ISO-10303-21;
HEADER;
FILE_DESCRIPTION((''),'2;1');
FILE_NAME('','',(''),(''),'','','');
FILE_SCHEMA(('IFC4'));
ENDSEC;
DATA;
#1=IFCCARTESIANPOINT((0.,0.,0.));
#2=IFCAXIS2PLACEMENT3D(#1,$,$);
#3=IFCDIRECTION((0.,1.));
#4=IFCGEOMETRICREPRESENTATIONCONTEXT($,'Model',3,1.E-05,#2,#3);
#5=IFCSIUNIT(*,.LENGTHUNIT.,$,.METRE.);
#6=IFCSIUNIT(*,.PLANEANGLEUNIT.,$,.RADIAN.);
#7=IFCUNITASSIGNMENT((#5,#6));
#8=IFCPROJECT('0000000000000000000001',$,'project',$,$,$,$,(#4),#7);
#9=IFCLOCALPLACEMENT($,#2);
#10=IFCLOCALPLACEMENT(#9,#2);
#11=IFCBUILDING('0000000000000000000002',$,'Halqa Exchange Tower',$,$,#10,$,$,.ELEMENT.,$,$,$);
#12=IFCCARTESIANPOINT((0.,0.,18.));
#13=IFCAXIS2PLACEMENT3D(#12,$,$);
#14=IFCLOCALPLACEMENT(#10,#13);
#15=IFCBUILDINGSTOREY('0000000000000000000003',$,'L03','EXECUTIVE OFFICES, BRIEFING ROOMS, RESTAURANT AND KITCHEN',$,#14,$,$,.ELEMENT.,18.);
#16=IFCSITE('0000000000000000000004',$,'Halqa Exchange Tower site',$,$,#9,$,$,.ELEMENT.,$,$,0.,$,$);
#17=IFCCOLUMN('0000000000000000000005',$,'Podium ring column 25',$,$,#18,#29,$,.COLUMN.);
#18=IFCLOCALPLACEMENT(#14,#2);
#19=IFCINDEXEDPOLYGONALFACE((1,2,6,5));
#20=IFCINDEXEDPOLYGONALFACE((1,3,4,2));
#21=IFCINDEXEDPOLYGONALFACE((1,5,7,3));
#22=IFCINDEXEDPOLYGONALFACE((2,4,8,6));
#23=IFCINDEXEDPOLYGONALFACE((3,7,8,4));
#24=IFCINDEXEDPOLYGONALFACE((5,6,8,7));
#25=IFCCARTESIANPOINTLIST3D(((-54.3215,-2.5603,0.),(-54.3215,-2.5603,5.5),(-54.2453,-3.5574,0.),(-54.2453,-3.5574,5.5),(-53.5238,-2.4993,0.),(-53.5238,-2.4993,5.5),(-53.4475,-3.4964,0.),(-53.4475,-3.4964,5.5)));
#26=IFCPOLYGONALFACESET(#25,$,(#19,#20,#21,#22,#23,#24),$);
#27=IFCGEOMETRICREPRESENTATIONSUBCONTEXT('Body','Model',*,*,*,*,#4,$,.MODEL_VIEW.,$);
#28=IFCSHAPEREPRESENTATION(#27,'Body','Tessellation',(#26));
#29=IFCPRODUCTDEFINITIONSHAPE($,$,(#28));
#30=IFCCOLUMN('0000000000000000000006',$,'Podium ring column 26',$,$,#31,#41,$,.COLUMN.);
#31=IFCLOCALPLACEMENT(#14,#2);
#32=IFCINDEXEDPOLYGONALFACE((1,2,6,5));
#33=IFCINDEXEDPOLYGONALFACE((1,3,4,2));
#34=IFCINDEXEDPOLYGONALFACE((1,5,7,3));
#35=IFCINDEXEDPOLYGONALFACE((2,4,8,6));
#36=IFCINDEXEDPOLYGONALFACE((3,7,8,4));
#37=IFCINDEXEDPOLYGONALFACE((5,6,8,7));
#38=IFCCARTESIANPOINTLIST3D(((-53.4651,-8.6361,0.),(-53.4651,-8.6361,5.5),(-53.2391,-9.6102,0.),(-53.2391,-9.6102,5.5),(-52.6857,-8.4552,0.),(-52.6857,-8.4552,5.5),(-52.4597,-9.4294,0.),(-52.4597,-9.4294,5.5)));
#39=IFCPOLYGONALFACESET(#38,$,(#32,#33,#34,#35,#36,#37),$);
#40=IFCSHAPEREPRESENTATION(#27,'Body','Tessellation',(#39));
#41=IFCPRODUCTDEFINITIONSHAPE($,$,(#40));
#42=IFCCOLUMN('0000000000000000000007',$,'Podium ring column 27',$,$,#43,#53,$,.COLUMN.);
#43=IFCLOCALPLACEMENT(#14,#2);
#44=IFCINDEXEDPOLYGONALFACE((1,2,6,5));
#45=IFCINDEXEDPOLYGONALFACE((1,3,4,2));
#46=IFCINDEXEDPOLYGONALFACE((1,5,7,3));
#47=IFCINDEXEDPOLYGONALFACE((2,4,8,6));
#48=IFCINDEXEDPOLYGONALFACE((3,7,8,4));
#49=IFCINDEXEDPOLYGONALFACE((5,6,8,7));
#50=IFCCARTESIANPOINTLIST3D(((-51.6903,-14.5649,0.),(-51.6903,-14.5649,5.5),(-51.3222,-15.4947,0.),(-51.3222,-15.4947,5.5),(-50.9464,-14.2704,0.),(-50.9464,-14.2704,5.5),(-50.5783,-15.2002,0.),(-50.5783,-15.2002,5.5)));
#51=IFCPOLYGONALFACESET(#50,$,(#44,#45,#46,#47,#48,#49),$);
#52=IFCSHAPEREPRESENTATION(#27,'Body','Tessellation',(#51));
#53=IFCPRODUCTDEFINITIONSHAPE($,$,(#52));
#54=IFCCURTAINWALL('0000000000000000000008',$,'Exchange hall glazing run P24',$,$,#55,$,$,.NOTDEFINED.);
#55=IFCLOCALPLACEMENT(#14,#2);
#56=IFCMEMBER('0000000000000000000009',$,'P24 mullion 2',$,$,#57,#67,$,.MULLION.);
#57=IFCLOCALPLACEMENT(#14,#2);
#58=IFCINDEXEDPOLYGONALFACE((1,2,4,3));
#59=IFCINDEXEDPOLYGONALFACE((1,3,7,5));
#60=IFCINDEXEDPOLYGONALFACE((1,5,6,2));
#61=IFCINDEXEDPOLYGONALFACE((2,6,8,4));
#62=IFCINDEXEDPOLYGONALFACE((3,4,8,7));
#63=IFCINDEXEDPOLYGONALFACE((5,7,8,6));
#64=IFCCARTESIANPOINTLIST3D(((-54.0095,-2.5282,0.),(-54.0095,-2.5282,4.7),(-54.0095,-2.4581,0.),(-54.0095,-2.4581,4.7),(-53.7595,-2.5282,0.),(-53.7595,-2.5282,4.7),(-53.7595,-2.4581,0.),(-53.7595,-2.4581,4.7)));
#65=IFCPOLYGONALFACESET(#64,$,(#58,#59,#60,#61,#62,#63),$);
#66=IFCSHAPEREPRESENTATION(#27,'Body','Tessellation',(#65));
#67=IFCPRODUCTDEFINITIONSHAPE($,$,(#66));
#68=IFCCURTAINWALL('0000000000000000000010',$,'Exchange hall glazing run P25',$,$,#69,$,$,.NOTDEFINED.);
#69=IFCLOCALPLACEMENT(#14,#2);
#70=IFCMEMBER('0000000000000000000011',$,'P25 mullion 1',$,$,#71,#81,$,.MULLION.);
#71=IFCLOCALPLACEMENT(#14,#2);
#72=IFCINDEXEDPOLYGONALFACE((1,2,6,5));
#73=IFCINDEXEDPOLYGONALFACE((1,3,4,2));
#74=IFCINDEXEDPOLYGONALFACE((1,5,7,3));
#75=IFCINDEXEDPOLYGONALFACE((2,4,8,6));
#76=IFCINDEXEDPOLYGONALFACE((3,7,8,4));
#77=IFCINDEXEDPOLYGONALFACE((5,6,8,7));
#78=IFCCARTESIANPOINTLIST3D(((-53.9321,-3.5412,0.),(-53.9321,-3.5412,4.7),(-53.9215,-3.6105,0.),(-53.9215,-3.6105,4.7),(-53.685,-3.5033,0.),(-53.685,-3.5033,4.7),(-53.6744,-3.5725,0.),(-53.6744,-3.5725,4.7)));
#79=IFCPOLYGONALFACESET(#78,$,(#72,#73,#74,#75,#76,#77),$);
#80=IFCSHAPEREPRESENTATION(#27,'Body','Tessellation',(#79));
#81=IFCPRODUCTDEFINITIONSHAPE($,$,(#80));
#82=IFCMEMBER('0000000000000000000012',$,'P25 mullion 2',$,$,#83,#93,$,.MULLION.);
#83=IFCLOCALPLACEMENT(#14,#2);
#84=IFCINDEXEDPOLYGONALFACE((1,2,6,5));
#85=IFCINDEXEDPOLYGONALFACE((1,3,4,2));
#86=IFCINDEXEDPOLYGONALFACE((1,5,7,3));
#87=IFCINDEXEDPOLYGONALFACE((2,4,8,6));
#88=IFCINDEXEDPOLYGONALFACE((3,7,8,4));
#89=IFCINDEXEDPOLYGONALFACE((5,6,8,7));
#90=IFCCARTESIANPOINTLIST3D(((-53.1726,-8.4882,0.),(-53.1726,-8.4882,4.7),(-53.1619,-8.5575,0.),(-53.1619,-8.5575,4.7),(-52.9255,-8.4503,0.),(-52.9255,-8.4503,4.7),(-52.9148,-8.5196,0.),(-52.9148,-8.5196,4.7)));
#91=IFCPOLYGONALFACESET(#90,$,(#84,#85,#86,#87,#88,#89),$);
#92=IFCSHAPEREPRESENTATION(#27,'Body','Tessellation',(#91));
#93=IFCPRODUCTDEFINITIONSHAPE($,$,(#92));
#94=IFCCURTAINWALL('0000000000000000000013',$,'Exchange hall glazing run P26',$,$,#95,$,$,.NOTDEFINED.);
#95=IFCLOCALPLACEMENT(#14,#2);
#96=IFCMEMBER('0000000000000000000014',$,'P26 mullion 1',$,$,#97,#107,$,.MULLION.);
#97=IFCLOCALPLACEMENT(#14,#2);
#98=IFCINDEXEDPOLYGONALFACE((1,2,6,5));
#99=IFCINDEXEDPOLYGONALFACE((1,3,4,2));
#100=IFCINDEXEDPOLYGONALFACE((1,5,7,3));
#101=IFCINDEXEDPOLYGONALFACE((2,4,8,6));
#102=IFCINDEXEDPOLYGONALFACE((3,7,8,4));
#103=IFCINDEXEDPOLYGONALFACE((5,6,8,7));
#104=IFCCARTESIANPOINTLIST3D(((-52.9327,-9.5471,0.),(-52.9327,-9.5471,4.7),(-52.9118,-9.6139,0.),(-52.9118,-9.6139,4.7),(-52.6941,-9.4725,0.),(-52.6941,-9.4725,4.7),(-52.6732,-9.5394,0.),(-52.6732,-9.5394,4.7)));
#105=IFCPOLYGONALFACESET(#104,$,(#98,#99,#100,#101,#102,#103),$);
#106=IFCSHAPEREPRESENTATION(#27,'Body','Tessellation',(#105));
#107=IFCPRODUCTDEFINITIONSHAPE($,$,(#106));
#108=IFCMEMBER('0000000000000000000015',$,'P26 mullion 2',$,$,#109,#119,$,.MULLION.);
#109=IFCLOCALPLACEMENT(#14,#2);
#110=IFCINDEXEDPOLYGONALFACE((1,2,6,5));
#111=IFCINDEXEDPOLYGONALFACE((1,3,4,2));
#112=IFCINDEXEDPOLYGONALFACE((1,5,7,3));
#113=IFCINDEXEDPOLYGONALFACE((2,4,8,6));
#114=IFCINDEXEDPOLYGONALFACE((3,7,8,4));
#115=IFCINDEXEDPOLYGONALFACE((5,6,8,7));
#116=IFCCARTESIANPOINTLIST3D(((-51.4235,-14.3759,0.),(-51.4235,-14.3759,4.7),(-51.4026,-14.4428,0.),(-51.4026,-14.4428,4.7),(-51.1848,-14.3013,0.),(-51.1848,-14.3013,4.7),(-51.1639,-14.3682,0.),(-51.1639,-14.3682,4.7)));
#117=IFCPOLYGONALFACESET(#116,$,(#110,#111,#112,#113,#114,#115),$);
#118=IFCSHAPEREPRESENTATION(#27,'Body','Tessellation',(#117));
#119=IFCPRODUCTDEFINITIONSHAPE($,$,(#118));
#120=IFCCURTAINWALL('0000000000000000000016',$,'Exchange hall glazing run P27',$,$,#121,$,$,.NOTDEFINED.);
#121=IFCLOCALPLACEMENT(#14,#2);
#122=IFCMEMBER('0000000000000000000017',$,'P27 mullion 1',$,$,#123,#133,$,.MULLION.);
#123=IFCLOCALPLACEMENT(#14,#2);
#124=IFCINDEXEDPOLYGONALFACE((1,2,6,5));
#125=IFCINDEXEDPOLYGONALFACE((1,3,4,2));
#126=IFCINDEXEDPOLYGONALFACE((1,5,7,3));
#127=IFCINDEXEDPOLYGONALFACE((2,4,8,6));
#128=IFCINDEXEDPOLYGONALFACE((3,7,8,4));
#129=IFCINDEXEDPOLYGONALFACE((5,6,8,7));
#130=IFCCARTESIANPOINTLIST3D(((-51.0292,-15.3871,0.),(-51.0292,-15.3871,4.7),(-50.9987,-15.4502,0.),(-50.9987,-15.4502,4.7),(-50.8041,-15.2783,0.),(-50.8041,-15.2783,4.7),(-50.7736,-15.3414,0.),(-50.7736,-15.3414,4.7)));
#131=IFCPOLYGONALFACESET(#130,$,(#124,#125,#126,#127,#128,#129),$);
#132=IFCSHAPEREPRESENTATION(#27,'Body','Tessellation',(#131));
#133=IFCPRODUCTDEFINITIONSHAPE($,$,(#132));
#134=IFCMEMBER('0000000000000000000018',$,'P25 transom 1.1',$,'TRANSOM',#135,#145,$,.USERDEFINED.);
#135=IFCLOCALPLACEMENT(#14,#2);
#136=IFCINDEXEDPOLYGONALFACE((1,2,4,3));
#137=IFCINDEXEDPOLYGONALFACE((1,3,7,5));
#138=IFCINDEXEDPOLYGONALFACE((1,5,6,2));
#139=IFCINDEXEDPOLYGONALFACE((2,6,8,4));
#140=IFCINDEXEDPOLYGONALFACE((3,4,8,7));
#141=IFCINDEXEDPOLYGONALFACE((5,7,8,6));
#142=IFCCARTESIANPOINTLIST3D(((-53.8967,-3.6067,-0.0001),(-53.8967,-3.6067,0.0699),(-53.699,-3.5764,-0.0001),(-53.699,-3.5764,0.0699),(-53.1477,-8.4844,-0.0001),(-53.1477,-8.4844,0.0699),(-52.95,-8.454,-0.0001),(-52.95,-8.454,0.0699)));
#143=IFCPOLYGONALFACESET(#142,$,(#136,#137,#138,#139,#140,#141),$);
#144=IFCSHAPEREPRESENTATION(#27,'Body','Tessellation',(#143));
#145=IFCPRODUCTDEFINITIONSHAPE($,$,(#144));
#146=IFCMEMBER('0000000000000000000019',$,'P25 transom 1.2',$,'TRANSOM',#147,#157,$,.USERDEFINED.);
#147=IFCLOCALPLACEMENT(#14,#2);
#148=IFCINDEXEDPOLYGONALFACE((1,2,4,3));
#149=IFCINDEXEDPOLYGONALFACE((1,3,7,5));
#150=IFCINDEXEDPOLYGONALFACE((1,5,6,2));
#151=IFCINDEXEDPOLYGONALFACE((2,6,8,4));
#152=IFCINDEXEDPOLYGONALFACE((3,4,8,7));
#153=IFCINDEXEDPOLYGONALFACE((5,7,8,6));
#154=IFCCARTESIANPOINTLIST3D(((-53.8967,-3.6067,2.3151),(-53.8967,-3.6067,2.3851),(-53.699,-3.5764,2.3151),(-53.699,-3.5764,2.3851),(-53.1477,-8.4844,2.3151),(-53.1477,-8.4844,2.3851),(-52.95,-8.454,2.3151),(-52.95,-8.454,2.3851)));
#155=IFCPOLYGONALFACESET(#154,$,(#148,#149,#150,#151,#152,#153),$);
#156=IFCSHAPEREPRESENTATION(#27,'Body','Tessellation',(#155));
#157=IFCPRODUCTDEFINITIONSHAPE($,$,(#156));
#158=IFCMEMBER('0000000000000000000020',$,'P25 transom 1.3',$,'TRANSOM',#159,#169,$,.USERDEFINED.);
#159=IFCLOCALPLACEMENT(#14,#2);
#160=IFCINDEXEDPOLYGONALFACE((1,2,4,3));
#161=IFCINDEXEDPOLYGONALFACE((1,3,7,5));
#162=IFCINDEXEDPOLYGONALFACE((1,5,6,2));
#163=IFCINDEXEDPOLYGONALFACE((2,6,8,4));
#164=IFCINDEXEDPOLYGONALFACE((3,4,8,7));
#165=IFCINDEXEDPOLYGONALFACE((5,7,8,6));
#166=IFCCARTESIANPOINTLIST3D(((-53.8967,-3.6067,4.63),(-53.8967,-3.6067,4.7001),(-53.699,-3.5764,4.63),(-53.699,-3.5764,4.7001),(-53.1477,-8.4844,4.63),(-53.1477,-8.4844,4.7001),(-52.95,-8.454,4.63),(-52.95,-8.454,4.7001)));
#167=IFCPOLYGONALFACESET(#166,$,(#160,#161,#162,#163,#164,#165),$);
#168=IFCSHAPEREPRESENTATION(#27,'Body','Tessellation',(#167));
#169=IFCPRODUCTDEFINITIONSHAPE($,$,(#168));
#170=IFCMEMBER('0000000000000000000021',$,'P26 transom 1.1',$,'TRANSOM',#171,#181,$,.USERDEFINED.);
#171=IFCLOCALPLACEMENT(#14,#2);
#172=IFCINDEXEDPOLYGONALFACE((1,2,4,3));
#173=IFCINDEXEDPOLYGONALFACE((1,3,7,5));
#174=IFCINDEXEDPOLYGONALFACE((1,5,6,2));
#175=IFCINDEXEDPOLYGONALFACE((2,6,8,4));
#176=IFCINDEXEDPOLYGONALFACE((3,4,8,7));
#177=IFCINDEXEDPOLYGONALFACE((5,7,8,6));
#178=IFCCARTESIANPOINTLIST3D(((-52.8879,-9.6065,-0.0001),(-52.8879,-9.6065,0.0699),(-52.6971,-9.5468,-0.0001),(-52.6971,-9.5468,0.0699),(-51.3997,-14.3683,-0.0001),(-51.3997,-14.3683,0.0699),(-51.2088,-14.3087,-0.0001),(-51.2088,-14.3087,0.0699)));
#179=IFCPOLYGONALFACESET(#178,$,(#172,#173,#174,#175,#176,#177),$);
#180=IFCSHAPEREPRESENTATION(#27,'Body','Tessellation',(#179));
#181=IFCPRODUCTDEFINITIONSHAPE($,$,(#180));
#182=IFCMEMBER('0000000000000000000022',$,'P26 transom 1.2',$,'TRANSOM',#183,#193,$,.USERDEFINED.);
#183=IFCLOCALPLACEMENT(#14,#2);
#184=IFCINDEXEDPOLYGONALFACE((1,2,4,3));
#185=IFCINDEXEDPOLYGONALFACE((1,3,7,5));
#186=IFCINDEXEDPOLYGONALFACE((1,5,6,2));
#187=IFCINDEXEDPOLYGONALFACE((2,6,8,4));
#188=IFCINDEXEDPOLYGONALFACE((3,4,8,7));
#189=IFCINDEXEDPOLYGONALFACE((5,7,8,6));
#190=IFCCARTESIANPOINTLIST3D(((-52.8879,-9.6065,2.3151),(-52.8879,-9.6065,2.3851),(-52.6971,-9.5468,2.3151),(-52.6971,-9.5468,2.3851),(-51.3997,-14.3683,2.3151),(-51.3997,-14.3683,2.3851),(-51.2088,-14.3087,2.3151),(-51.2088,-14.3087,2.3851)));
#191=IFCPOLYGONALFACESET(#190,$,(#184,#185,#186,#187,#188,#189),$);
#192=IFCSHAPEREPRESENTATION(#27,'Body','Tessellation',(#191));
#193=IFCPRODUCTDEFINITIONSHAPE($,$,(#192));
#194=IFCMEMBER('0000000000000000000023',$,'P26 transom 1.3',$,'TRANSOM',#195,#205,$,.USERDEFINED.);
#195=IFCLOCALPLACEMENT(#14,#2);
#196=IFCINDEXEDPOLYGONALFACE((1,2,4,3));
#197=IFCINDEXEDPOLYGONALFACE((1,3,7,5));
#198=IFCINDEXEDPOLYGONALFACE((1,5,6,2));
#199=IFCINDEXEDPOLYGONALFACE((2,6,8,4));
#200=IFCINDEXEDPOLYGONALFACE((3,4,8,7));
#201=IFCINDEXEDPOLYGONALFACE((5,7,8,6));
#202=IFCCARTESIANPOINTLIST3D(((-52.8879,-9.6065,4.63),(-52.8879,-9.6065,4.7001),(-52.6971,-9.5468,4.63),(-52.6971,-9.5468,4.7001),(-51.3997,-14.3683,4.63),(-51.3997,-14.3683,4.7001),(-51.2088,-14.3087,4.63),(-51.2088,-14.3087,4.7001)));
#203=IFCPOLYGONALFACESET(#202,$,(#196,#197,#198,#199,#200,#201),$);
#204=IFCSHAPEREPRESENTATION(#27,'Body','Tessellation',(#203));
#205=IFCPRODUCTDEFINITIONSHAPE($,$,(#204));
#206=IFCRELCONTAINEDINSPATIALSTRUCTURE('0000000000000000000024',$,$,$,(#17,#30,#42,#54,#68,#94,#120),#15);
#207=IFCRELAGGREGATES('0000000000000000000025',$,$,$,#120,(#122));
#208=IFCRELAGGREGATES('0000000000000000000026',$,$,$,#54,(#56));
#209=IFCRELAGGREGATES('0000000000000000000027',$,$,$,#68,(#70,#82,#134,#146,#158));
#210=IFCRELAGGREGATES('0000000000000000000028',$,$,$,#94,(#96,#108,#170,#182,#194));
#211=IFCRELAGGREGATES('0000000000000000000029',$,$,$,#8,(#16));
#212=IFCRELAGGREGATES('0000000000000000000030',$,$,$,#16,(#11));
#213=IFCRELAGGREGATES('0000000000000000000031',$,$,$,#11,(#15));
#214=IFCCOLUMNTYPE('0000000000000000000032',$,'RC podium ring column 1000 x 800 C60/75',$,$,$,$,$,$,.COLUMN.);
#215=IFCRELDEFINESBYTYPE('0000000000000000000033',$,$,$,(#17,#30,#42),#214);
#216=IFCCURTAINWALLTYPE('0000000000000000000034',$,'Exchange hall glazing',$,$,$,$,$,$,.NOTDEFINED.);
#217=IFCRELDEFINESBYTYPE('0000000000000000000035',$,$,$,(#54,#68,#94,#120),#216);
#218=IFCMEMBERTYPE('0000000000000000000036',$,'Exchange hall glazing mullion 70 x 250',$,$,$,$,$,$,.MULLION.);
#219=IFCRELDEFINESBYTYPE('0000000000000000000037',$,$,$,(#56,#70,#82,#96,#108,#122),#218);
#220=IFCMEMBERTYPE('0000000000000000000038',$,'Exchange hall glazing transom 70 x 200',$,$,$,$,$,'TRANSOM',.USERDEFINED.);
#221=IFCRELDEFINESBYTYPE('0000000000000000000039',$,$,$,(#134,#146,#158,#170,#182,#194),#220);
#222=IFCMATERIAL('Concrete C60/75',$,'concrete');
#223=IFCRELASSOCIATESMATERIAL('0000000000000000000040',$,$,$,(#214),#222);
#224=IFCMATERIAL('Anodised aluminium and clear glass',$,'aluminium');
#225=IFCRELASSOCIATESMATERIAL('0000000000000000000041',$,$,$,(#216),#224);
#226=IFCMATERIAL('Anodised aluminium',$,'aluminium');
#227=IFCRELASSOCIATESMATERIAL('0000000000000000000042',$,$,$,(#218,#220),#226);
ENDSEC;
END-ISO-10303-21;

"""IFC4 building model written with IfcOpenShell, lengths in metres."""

from ifc_helpers import new_model, si_unit, direction, frame, origin, origin_2d, place, context, subcontext, project, spatial, rectangle, extrude, material, material_profile, profile_set, type_object, element, aggregate, save


model = new_model("IFC4")

# Units and contexts
model_context = context("Model", 3, precision=1e-05, world=origin(), true_north=direction((0.0, 1.0)))
body_context = subcontext(model_context, "Body", "Model", "MODEL_VIEW")
ifc_project = project(units=[si_unit("LENGTHUNIT", "METRE"), si_unit("PLANEANGLEUNIT", "RADIAN")], contexts=[model_context])

# Site, building, storey
site_placement = place(None, origin())
site = spatial("IfcSite", under=ifc_project, at=site_placement, Name="Halqa Exchange Tower site", CompositionType="ELEMENT", RefElevation=0.0)
building_placement = place(site_placement, origin())
building = spatial("IfcBuilding", under=site, at=building_placement, Name="Halqa Exchange Tower", CompositionType="ELEMENT")
storey_placement = place(building_placement, frame((0.0, 0.0, 18.0)))
storey = spatial("IfcBuildingStorey", under=building, at=storey_placement, Name="L03", Description="EXECUTIVE OFFICES, BRIEFING ROOMS, RESTAURANT AND KITCHEN", CompositionType="ELEMENT", Elevation=18.0)

# Columns
ifc_material_1 = material(Name="Concrete C60/75", Category="concrete")
ifc_material_profile_1 = material_profile(ifc_material_1, rectangle(XDim=1.0, YDim=0.8, at=origin_2d()), Name="1000 x 800")
ifc_profile_set_1 = profile_set([ifc_material_profile_1], Name="Concrete C60/75")
column_type = type_object("IfcColumnType", Name="RC podium ring column 1000 x 800 C60/75", PredefinedType="COLUMN", material=ifc_profile_set_1)
for number, where, z_axis, x_axis, name in (
    (1, (-53.8845, -3.0283, 0.0), (0.0, 0.0, 1.0), (0.076223, -0.997091, 0.0), "Podium ring column 25"),
    (2, (-52.9624, -9.0327, 0.0), (0.0, 0.0, 1.0), (0.225997, -0.974128, 0.0), "Podium ring column 26"),
    (3, (-51.1343, -14.8826, 0.0), (0.0, 0.0, 1.0), (0.36811, -0.929782, 0.0), "Podium ring column 27"),
):
    element("IfcColumn", number, at=place(storey_placement, frame(where, z_axis=z_axis, x_axis=x_axis)), inside=storey, type_object=column_type, Name=name, PredefinedType="COLUMN", context=body_context, shape_type="SweptSolid", body=[
        extrude(rectangle(XDim=1.0, YDim=0.8, at=origin_2d()), origin(), (0.0, 0.0, 1.0), 5.5),
    ])

# Curtain wall, member
ifc_material_2 = material(Name="Anodised aluminium and clear glass", Category="aluminium")
curtain_wall_type = type_object("IfcCurtainWallType", Name="Exchange hall glazing", PredefinedType="NOTDEFINED", material=ifc_material_2)
curtain_wall_1_placement = place(storey_placement, origin())
curtain_wall_1 = element("IfcCurtainWall", 4, at=curtain_wall_1_placement, inside=storey, type_object=curtain_wall_type, Name="Exchange hall glazing run P24", PredefinedType="NOTDEFINED")
ifc_material_3 = material(Name="Anodised aluminium", Category="aluminium")
ifc_material_profile_2 = material_profile(ifc_material_3, rectangle(XDim=0.25, YDim=0.0701, at=origin_2d()), Name="AL 70x250")
ifc_profile_set_2 = profile_set([ifc_material_profile_2], Name="Anodised aluminium")
member_type_1 = type_object("IfcMemberType", Name="Exchange hall glazing mullion 70 x 250", PredefinedType="MULLION", material=ifc_profile_set_2)
member_1_placement = place(storey_placement, frame((-53.8845, -2.4932, 0.0), z_axis=(0.0, 0.0, 1.0), x_axis=(1.0, 0.0, 0.0)))
member_1 = element("IfcMember", 5, at=member_1_placement, type_object=member_type_1, Name="P24 mullion 2", PredefinedType="MULLION", context=body_context, shape_type="SweptSolid", body=[
    extrude(rectangle(XDim=0.25, YDim=0.0701, at=origin_2d()), origin(), (0.0, 0.0, 1.0), 4.7),
])

# Curtain walls, members
curtain_wall_2_placement = place(storey_placement, origin())
curtain_wall_2 = element("IfcCurtainWall", 6, at=curtain_wall_2_placement, inside=storey, type_object=curtain_wall_type, Name="Exchange hall glazing run P25", PredefinedType="NOTDEFINED")
member_2_placement = place(storey_placement, frame((-53.8032, -3.5569, 0.0), z_axis=(0.0, 0.0, 1.0), x_axis=(0.988416, 0.151767, 0.0)))
member_2 = element("IfcMember", 7, at=member_2_placement, type_object=member_type_1, Name="P25 mullion 1", PredefinedType="MULLION", context=body_context, shape_type="SweptSolid", body=[
    extrude(rectangle(XDim=0.25, YDim=0.0701, at=origin_2d()), origin(), (0.0, 0.0, 1.0), 4.7),
])
member_3_placement = place(storey_placement, frame((-53.0437, -8.5039, 0.0), z_axis=(0.0, 0.0, 1.0), x_axis=(0.988416, 0.151767, 0.0)))
member_3 = element("IfcMember", 8, at=member_3_placement, type_object=member_type_1, Name="P25 mullion 2", PredefinedType="MULLION", context=body_context, shape_type="SweptSolid", body=[
    extrude(rectangle(XDim=0.25, YDim=0.0701, at=origin_2d()), origin(), (0.0, 0.0, 1.0), 4.7),
])
curtain_wall_3_placement = place(storey_placement, origin())
curtain_wall_3 = element("IfcCurtainWall", 9, at=curtain_wall_3_placement, inside=storey, type_object=curtain_wall_type, Name="Exchange hall glazing run P26", PredefinedType="NOTDEFINED")
member_4_placement = place(storey_placement, frame((-52.803, -9.5432, 0.0), z_axis=(0.0, 0.0, 1.0), x_axis=(0.954471, 0.298303, 0.0)))
member_4 = element("IfcMember", 10, at=member_4_placement, type_object=member_type_1, Name="P26 mullion 1", PredefinedType="MULLION", context=body_context, shape_type="SweptSolid", body=[
    extrude(rectangle(XDim=0.25, YDim=0.0701, at=origin_2d()), origin(), (0.0, 0.0, 1.0), 4.7),
])
member_5_placement = place(storey_placement, frame((-51.2937, -14.3721, 0.0), z_axis=(0.0, 0.0, 1.0), x_axis=(0.954471, 0.298303, 0.0)))
member_5 = element("IfcMember", 11, at=member_5_placement, type_object=member_type_1, Name="P26 mullion 2", PredefinedType="MULLION", context=body_context, shape_type="SweptSolid", body=[
    extrude(rectangle(XDim=0.25, YDim=0.0701, at=origin_2d()), origin(), (0.0, 0.0, 1.0), 4.7),
])

# Curtain wall, member
curtain_wall_4_placement = place(storey_placement, origin())
curtain_wall_4 = element("IfcCurtainWall", 12, at=curtain_wall_4_placement, inside=storey, type_object=curtain_wall_type, Name="Exchange hall glazing run P27", PredefinedType="NOTDEFINED")
member_6_placement = place(storey_placement, frame((-50.9014, -15.3643, 0.0), z_axis=(0.0, 0.0, 1.0), x_axis=(0.900435, 0.43499, 0.0)))
member_6 = element("IfcMember", 13, at=member_6_placement, type_object=member_type_1, Name="P27 mullion 1", PredefinedType="MULLION", context=body_context, shape_type="SweptSolid", body=[
    extrude(rectangle(XDim=0.25, YDim=0.0701, at=origin_2d()), origin(), (0.0, 0.0, 1.0), 4.7),
])
aggregate(curtain_wall_4, [member_6])

# Members
ifc_material_profile_3 = material_profile(ifc_material_3, rectangle(XDim=0.2, YDim=0.0701, at=origin_2d()), Name="AL 70x200")
ifc_profile_set_3 = profile_set([ifc_material_profile_3], Name="Anodised aluminium")
member_type_2 = type_object("IfcMemberType", Name="Exchange hall glazing transom 70 x 200", ElementType="TRANSOM", PredefinedType="USERDEFINED", material=ifc_profile_set_3)
member_7_placement = place(storey_placement, frame((-53.7979, -3.5916, 0.0349), z_axis=(0.151782, -0.988414, 0.0), x_axis=(0.988414, 0.151782, 0.0)))
member_7 = element("IfcMember", 14, at=member_7_placement, type_object=member_type_2, Name="P25 transom 1.1", ObjectType="TRANSOM", PredefinedType="USERDEFINED", context=body_context, shape_type="SweptSolid", body=[
    extrude(rectangle(XDim=0.2, YDim=0.0701, at=origin_2d()), origin(), (0.0, 0.0, 1.0), 4.9348),
])
member_8_placement = place(storey_placement, frame((-53.7979, -3.5916, 2.3501), z_axis=(0.151782, -0.988414, 0.0), x_axis=(0.988414, 0.151782, 0.0)))
member_8 = element("IfcMember", 15, at=member_8_placement, type_object=member_type_2, Name="P25 transom 1.2", ObjectType="TRANSOM", PredefinedType="USERDEFINED", context=body_context, shape_type="SweptSolid", body=[
    extrude(rectangle(XDim=0.2, YDim=0.0701, at=origin_2d()), origin(), (0.0, 0.0, 1.0), 4.9348),
])
member_9_placement = place(storey_placement, frame((-53.7979, -3.5916, 4.665), z_axis=(0.151782, -0.988414, 0.0), x_axis=(0.988414, 0.151782, 0.0)))
member_9 = element("IfcMember", 16, at=member_9_placement, type_object=member_type_2, Name="P25 transom 1.3", ObjectType="TRANSOM", PredefinedType="USERDEFINED", context=body_context, shape_type="SweptSolid", body=[
    extrude(rectangle(XDim=0.2, YDim=0.0701, at=origin_2d()), origin(), (0.0, 0.0, 1.0), 4.9348),
])
member_10_placement = place(storey_placement, frame((-52.7925, -9.5767, 0.0349), z_axis=(0.298306, -0.95447, 0.0), x_axis=(0.95447, 0.298306, 0.0)))
member_10 = element("IfcMember", 17, at=member_10_placement, type_object=member_type_2, Name="P26 transom 1.1", ObjectType="TRANSOM", PredefinedType="USERDEFINED", context=body_context, shape_type="SweptSolid", body=[
    extrude(rectangle(XDim=0.2, YDim=0.0701, at=origin_2d()), origin(), (0.0, 0.0, 1.0), 4.989),
])
member_11_placement = place(storey_placement, frame((-52.7925, -9.5767, 2.3501), z_axis=(0.298306, -0.95447, 0.0), x_axis=(0.95447, 0.298306, 0.0)))
member_11 = element("IfcMember", 18, at=member_11_placement, type_object=member_type_2, Name="P26 transom 1.2", ObjectType="TRANSOM", PredefinedType="USERDEFINED", context=body_context, shape_type="SweptSolid", body=[
    extrude(rectangle(XDim=0.2, YDim=0.0701, at=origin_2d()), origin(), (0.0, 0.0, 1.0), 4.989),
])
member_12_placement = place(storey_placement, frame((-52.7925, -9.5767, 4.665), z_axis=(0.298306, -0.95447, 0.0), x_axis=(0.95447, 0.298306, 0.0)))
member_12 = element("IfcMember", 19, at=member_12_placement, type_object=member_type_2, Name="P26 transom 1.3", ObjectType="TRANSOM", PredefinedType="USERDEFINED", context=body_context, shape_type="SweptSolid", body=[
    extrude(rectangle(XDim=0.2, YDim=0.0701, at=origin_2d()), origin(), (0.0, 0.0, 1.0), 4.989),
])

aggregate(curtain_wall_1, [member_1])
aggregate(curtain_wall_2, [member_2, member_3, member_7, member_8, member_9])
aggregate(curtain_wall_3, [member_4, member_5, member_10, member_11, member_12])

save(model, "model.ifc")
